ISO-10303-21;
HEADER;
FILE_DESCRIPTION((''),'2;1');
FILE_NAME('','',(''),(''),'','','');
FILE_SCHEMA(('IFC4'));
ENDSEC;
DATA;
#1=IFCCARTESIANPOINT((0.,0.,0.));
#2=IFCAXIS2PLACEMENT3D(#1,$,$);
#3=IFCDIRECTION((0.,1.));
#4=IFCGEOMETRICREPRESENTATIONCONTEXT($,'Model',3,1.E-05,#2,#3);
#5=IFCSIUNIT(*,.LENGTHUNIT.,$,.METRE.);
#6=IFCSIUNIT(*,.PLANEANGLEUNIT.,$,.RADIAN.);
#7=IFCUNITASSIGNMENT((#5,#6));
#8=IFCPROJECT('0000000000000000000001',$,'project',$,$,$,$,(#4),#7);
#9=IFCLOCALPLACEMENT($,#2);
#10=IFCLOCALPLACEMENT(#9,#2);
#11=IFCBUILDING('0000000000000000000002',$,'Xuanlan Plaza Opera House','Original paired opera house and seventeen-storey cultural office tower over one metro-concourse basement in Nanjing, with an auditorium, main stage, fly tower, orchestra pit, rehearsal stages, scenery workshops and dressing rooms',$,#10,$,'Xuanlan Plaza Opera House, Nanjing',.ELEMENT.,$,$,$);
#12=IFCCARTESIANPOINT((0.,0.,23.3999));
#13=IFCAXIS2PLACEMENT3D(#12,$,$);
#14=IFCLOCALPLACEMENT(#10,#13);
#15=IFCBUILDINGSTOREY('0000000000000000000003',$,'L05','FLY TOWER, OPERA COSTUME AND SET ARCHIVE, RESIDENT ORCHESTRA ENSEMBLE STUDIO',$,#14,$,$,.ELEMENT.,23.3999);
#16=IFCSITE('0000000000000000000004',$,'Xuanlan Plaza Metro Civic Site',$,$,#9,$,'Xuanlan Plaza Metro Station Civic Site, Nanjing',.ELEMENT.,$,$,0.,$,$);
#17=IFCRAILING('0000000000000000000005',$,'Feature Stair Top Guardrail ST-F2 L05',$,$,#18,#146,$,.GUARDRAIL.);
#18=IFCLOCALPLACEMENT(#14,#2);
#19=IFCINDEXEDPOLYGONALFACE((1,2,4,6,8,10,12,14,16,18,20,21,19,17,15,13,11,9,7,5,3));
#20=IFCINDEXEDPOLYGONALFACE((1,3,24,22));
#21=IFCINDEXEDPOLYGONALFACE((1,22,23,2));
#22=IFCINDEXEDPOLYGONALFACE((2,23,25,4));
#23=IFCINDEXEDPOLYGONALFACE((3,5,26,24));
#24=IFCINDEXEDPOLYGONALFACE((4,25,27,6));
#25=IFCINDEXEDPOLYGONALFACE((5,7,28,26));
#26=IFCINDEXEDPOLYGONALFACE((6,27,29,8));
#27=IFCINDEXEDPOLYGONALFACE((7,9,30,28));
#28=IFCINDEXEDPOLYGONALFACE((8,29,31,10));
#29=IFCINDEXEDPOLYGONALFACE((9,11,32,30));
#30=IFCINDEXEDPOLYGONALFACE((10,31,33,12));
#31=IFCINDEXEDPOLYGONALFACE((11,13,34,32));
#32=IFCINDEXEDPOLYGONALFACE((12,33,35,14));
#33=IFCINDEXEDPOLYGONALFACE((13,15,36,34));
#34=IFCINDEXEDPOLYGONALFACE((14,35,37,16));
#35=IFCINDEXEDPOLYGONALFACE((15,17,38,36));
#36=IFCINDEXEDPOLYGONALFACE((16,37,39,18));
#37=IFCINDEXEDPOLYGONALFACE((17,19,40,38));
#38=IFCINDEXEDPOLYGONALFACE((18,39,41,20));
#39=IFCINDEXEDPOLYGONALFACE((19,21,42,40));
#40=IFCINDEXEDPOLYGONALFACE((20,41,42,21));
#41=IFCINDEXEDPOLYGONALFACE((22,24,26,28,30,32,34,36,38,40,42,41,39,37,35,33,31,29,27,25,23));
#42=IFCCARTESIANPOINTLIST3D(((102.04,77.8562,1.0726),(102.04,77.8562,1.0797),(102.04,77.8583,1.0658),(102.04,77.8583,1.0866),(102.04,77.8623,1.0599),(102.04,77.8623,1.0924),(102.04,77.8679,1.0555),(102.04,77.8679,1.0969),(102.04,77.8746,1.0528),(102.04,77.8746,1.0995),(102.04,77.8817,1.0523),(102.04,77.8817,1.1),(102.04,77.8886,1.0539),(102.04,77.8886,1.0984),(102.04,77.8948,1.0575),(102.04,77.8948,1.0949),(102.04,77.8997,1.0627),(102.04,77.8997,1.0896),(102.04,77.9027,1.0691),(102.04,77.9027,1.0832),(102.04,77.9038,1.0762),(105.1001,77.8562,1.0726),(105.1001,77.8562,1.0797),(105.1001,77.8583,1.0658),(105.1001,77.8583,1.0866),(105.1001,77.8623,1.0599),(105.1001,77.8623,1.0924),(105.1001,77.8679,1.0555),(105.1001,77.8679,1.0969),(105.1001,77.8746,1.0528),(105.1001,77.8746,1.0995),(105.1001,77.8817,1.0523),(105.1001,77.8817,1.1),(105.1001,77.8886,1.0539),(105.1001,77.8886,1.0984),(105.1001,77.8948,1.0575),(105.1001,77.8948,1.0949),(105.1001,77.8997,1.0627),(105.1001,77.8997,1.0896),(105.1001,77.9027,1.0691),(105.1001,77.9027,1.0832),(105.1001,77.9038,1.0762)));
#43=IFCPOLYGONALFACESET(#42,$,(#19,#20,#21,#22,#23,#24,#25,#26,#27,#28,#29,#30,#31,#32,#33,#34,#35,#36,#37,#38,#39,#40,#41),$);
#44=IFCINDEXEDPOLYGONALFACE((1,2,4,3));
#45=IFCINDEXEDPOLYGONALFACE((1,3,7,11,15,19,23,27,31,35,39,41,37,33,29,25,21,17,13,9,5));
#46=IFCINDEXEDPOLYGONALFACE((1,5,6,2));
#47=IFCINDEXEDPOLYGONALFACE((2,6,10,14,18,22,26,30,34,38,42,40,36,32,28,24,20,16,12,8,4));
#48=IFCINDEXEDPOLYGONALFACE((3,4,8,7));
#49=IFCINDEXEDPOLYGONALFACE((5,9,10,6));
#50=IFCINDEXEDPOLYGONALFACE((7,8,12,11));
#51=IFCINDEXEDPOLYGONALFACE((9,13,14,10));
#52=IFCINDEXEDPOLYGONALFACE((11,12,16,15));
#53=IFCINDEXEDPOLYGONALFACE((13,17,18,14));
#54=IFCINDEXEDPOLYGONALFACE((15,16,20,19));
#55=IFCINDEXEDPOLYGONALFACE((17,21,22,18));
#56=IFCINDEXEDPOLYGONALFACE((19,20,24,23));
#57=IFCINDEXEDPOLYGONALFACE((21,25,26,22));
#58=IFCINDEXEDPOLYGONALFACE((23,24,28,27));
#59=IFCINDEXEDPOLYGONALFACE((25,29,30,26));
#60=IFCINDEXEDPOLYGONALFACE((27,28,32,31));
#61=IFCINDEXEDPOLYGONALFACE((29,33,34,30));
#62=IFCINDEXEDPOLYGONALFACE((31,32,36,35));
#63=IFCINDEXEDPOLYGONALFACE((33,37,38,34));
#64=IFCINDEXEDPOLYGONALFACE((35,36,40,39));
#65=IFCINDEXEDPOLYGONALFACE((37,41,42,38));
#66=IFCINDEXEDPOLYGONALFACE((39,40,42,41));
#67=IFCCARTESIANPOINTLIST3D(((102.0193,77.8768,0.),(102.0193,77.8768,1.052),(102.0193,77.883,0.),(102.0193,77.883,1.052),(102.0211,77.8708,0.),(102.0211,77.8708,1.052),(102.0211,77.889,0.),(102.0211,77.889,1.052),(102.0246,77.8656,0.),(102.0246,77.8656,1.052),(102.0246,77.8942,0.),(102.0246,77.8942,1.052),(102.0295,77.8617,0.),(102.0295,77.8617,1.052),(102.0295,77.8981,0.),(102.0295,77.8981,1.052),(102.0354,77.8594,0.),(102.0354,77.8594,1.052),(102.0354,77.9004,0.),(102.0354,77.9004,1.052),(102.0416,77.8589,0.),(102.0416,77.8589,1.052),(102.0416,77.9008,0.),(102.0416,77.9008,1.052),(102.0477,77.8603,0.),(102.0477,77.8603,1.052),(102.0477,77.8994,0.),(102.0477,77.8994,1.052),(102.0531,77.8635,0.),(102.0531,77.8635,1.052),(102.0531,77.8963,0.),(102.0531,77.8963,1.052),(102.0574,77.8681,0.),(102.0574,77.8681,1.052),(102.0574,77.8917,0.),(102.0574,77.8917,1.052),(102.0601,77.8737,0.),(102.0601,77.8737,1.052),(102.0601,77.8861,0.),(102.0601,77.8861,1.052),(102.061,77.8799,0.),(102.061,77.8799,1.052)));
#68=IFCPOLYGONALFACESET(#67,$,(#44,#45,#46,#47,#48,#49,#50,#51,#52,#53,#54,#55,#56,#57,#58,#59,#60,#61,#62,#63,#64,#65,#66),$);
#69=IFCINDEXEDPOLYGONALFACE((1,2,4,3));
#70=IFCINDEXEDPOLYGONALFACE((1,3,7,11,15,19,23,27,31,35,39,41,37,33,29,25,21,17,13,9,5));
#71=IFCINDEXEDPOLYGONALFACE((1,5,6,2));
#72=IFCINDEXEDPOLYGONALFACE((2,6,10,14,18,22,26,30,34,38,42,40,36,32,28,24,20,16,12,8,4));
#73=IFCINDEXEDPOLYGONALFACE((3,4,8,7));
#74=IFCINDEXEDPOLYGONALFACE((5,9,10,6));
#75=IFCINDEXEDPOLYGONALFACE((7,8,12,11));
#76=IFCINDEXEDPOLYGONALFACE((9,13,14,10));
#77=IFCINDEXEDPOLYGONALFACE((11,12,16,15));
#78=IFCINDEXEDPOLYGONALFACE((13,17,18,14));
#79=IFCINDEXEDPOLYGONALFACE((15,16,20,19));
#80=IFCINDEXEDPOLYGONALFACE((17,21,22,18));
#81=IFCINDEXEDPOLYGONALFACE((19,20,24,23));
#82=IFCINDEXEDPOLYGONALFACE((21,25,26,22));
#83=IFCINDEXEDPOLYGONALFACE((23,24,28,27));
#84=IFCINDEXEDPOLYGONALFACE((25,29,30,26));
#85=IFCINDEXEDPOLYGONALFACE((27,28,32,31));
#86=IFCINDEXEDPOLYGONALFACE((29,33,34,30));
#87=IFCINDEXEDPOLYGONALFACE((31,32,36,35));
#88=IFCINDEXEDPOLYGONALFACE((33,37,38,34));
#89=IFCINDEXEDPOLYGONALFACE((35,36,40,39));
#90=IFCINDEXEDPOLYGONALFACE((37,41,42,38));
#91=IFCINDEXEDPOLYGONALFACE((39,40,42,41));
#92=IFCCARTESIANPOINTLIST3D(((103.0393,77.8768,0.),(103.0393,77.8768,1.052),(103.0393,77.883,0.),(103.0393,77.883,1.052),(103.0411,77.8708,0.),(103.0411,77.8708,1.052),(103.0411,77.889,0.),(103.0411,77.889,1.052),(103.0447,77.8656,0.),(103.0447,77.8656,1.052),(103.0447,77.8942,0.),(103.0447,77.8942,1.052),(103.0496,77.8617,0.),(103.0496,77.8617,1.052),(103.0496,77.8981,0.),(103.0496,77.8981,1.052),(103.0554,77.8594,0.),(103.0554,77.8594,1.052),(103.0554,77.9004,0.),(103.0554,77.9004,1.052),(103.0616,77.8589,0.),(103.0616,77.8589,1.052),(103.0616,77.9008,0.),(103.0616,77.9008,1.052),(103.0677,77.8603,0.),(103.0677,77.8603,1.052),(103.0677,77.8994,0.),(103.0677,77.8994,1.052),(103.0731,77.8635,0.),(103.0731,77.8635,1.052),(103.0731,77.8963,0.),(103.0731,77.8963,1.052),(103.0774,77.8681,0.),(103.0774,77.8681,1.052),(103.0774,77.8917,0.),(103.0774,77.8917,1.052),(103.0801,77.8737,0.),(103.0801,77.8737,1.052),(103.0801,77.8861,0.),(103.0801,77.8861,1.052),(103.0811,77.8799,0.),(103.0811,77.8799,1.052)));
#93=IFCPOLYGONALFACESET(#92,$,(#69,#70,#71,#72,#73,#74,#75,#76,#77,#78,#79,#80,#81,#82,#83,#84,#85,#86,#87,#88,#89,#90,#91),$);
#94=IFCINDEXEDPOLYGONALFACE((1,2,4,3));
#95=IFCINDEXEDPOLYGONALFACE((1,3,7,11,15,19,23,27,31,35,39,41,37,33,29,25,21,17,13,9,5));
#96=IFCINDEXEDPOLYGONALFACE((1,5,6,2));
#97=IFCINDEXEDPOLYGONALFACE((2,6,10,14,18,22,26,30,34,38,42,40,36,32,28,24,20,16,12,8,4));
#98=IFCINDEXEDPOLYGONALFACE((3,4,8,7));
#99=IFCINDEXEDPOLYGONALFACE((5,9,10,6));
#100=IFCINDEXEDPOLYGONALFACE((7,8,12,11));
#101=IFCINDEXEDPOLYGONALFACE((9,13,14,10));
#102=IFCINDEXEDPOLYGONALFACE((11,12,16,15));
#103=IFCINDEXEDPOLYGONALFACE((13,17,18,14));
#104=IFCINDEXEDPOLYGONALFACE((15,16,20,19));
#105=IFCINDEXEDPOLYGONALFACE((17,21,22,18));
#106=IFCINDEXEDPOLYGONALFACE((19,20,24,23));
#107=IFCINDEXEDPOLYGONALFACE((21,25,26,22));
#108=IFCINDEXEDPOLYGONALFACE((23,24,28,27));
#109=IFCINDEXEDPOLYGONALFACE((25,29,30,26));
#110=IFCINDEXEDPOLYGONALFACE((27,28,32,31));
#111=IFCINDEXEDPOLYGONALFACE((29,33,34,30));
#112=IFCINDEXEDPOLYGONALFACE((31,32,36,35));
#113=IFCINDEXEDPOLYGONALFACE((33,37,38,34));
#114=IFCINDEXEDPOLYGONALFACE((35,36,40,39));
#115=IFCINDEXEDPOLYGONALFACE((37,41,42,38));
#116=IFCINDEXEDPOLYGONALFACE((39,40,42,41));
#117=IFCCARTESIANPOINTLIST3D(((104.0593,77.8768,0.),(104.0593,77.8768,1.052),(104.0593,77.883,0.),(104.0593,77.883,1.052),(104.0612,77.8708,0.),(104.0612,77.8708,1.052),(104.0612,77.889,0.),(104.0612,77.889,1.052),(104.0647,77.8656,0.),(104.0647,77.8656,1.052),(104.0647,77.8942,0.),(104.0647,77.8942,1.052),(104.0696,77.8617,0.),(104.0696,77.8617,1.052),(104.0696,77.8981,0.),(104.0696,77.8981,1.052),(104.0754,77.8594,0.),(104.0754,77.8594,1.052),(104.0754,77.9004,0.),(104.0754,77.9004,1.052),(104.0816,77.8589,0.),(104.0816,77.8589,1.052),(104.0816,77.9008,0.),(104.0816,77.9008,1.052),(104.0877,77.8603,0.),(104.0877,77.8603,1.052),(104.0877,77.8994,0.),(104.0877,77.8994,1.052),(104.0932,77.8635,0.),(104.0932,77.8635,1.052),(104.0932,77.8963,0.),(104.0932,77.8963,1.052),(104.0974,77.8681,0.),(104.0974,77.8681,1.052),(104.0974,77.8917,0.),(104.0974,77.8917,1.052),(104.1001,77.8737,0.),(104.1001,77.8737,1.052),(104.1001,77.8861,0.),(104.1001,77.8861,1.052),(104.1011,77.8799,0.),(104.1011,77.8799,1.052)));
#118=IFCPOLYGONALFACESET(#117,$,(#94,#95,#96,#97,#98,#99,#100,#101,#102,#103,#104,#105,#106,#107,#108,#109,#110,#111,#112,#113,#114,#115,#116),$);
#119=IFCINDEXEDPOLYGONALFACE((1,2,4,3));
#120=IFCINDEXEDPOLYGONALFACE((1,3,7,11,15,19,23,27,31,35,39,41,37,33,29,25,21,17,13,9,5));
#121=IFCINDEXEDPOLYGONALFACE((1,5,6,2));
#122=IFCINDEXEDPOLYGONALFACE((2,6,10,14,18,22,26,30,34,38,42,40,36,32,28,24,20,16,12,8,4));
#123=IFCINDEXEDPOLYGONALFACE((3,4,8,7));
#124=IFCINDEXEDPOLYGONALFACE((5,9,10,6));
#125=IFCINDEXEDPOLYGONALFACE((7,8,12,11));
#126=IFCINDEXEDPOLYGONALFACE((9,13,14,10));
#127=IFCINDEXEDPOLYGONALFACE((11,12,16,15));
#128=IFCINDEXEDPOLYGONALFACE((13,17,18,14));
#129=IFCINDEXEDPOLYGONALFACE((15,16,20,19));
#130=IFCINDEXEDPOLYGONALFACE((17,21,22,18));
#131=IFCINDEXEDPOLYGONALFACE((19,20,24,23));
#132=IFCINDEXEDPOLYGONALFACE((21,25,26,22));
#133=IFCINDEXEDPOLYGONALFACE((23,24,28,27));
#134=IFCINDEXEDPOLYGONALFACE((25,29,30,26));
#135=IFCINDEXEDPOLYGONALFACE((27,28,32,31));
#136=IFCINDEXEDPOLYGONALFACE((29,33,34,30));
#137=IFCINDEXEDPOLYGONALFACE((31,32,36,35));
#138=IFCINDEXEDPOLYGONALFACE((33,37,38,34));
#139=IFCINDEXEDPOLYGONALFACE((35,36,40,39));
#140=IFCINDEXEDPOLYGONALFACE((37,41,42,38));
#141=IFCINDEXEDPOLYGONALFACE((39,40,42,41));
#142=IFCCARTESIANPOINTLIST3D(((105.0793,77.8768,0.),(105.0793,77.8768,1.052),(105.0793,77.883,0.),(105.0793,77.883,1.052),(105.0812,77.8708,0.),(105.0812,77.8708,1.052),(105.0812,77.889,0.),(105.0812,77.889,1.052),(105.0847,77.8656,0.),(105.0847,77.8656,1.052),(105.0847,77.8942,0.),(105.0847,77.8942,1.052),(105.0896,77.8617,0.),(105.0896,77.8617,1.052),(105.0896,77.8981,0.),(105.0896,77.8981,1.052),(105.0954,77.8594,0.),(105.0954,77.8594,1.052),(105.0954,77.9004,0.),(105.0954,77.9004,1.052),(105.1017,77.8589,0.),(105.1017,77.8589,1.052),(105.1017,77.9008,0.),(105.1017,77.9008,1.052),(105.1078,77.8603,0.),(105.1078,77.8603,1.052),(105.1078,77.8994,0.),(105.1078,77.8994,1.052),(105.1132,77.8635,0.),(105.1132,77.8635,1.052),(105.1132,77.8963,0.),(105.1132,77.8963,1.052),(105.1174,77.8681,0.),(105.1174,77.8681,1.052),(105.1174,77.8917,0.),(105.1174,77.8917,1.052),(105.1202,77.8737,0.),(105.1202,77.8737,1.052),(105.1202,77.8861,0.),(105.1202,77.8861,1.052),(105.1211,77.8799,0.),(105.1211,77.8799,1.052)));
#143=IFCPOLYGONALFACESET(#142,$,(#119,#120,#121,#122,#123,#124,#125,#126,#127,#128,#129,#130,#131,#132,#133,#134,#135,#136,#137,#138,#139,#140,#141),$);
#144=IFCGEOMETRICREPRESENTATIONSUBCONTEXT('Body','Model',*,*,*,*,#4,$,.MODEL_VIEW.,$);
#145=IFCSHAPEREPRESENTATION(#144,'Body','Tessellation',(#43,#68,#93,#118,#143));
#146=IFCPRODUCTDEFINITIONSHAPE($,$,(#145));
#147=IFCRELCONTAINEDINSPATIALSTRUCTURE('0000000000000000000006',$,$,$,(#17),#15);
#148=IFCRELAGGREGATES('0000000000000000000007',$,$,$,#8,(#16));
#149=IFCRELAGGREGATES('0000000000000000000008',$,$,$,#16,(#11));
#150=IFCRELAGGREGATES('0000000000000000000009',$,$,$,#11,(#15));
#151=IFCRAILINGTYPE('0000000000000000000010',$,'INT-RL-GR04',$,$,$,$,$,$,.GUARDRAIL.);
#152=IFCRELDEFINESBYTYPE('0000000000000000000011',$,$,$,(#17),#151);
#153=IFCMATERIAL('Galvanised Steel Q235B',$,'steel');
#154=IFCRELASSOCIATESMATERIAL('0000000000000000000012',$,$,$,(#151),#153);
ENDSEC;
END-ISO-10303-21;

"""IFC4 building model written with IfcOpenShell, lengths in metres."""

from ifc_helpers import new_model, si_unit, direction, frame, origin, origin_2d, place, context, subcontext, project, spatial, circle, extrude, material, type_object, element, save


model = new_model("IFC4")

# Units and contexts
model_context = context("Model", 3, precision=1e-05, world=origin(), true_north=direction((0.0, 1.0)))
body_context = subcontext(model_context, "Body", "Model", "MODEL_VIEW")
ifc_project = project(units=[si_unit("LENGTHUNIT", "METRE"), si_unit("PLANEANGLEUNIT", "RADIAN")], contexts=[model_context])

# Site, building, storey
site_placement = place(None, origin())
site = spatial("IfcSite", under=ifc_project, at=site_placement, Name="Xuanlan Plaza Metro Civic Site", LongName="Xuanlan Plaza Metro Station Civic Site, Nanjing", CompositionType="ELEMENT", RefElevation=0.0)
building_placement = place(site_placement, origin())
building = spatial("IfcBuilding", under=site, at=building_placement, Name="Xuanlan Plaza Opera House", Description="Original paired opera house and seventeen-storey cultural office tower over one metro-concourse basement in Nanjing, with an auditorium, main stage, fly tower, orchestra pit, rehearsal stages, scenery workshops and dressing rooms", LongName="Xuanlan Plaza Opera House, Nanjing", CompositionType="ELEMENT")
storey_placement = place(building_placement, frame((0.0, 0.0, 23.3999)))
storey = spatial("IfcBuildingStorey", under=building, at=storey_placement, Name="L05", Description="FLY TOWER, OPERA COSTUME AND SET ARCHIVE, RESIDENT ORCHESTRA ENSEMBLE STUDIO", CompositionType="ELEMENT", Elevation=23.3999)

# Shared definitions
ifc_material_1 = material(Name="Galvanised Steel Q235B", Category="steel")

# Railing
railing_type = type_object("IfcRailingType", Name="INT-RL-GR04", PredefinedType="GUARDRAIL", material=ifc_material_1)
railing_placement = place(storey_placement, frame((102.04, 77.8799, 0.0)))
element("IfcRailing", 1, at=railing_placement, inside=storey, type_object=railing_type, Name="Feature Stair Top Guardrail ST-F2 L05", PredefinedType="GUARDRAIL", context=body_context, shape_type="SweptSolid", body=[
    extrude(circle(Radius=0.0239, at=origin_2d()), frame((0.0, 0.0, 1.0762), z_axis=(1.0, 0.0, 0.0), x_axis=(0.0, 1.0, 0.0)), (0.0, 0.0, 1.0), 3.0601),
    extrude(circle(Radius=0.021, at=origin_2d()), origin(), (0.0, 0.0, 1.0), 1.052),
    extrude(circle(Radius=0.021, at=origin_2d()), frame((1.02, 0.0, 0.0)), (0.0, 0.0, 1.0), 1.052),
    extrude(circle(Radius=0.021, at=origin_2d()), frame((2.04, 0.0, 0.0)), (0.0, 0.0, 1.0), 1.052),
    extrude(circle(Radius=0.021, at=origin_2d()), frame((3.0601, 0.0, 0.0)), (0.0, 0.0, 1.0), 1.052),
])

save(model, "model.ifc")
